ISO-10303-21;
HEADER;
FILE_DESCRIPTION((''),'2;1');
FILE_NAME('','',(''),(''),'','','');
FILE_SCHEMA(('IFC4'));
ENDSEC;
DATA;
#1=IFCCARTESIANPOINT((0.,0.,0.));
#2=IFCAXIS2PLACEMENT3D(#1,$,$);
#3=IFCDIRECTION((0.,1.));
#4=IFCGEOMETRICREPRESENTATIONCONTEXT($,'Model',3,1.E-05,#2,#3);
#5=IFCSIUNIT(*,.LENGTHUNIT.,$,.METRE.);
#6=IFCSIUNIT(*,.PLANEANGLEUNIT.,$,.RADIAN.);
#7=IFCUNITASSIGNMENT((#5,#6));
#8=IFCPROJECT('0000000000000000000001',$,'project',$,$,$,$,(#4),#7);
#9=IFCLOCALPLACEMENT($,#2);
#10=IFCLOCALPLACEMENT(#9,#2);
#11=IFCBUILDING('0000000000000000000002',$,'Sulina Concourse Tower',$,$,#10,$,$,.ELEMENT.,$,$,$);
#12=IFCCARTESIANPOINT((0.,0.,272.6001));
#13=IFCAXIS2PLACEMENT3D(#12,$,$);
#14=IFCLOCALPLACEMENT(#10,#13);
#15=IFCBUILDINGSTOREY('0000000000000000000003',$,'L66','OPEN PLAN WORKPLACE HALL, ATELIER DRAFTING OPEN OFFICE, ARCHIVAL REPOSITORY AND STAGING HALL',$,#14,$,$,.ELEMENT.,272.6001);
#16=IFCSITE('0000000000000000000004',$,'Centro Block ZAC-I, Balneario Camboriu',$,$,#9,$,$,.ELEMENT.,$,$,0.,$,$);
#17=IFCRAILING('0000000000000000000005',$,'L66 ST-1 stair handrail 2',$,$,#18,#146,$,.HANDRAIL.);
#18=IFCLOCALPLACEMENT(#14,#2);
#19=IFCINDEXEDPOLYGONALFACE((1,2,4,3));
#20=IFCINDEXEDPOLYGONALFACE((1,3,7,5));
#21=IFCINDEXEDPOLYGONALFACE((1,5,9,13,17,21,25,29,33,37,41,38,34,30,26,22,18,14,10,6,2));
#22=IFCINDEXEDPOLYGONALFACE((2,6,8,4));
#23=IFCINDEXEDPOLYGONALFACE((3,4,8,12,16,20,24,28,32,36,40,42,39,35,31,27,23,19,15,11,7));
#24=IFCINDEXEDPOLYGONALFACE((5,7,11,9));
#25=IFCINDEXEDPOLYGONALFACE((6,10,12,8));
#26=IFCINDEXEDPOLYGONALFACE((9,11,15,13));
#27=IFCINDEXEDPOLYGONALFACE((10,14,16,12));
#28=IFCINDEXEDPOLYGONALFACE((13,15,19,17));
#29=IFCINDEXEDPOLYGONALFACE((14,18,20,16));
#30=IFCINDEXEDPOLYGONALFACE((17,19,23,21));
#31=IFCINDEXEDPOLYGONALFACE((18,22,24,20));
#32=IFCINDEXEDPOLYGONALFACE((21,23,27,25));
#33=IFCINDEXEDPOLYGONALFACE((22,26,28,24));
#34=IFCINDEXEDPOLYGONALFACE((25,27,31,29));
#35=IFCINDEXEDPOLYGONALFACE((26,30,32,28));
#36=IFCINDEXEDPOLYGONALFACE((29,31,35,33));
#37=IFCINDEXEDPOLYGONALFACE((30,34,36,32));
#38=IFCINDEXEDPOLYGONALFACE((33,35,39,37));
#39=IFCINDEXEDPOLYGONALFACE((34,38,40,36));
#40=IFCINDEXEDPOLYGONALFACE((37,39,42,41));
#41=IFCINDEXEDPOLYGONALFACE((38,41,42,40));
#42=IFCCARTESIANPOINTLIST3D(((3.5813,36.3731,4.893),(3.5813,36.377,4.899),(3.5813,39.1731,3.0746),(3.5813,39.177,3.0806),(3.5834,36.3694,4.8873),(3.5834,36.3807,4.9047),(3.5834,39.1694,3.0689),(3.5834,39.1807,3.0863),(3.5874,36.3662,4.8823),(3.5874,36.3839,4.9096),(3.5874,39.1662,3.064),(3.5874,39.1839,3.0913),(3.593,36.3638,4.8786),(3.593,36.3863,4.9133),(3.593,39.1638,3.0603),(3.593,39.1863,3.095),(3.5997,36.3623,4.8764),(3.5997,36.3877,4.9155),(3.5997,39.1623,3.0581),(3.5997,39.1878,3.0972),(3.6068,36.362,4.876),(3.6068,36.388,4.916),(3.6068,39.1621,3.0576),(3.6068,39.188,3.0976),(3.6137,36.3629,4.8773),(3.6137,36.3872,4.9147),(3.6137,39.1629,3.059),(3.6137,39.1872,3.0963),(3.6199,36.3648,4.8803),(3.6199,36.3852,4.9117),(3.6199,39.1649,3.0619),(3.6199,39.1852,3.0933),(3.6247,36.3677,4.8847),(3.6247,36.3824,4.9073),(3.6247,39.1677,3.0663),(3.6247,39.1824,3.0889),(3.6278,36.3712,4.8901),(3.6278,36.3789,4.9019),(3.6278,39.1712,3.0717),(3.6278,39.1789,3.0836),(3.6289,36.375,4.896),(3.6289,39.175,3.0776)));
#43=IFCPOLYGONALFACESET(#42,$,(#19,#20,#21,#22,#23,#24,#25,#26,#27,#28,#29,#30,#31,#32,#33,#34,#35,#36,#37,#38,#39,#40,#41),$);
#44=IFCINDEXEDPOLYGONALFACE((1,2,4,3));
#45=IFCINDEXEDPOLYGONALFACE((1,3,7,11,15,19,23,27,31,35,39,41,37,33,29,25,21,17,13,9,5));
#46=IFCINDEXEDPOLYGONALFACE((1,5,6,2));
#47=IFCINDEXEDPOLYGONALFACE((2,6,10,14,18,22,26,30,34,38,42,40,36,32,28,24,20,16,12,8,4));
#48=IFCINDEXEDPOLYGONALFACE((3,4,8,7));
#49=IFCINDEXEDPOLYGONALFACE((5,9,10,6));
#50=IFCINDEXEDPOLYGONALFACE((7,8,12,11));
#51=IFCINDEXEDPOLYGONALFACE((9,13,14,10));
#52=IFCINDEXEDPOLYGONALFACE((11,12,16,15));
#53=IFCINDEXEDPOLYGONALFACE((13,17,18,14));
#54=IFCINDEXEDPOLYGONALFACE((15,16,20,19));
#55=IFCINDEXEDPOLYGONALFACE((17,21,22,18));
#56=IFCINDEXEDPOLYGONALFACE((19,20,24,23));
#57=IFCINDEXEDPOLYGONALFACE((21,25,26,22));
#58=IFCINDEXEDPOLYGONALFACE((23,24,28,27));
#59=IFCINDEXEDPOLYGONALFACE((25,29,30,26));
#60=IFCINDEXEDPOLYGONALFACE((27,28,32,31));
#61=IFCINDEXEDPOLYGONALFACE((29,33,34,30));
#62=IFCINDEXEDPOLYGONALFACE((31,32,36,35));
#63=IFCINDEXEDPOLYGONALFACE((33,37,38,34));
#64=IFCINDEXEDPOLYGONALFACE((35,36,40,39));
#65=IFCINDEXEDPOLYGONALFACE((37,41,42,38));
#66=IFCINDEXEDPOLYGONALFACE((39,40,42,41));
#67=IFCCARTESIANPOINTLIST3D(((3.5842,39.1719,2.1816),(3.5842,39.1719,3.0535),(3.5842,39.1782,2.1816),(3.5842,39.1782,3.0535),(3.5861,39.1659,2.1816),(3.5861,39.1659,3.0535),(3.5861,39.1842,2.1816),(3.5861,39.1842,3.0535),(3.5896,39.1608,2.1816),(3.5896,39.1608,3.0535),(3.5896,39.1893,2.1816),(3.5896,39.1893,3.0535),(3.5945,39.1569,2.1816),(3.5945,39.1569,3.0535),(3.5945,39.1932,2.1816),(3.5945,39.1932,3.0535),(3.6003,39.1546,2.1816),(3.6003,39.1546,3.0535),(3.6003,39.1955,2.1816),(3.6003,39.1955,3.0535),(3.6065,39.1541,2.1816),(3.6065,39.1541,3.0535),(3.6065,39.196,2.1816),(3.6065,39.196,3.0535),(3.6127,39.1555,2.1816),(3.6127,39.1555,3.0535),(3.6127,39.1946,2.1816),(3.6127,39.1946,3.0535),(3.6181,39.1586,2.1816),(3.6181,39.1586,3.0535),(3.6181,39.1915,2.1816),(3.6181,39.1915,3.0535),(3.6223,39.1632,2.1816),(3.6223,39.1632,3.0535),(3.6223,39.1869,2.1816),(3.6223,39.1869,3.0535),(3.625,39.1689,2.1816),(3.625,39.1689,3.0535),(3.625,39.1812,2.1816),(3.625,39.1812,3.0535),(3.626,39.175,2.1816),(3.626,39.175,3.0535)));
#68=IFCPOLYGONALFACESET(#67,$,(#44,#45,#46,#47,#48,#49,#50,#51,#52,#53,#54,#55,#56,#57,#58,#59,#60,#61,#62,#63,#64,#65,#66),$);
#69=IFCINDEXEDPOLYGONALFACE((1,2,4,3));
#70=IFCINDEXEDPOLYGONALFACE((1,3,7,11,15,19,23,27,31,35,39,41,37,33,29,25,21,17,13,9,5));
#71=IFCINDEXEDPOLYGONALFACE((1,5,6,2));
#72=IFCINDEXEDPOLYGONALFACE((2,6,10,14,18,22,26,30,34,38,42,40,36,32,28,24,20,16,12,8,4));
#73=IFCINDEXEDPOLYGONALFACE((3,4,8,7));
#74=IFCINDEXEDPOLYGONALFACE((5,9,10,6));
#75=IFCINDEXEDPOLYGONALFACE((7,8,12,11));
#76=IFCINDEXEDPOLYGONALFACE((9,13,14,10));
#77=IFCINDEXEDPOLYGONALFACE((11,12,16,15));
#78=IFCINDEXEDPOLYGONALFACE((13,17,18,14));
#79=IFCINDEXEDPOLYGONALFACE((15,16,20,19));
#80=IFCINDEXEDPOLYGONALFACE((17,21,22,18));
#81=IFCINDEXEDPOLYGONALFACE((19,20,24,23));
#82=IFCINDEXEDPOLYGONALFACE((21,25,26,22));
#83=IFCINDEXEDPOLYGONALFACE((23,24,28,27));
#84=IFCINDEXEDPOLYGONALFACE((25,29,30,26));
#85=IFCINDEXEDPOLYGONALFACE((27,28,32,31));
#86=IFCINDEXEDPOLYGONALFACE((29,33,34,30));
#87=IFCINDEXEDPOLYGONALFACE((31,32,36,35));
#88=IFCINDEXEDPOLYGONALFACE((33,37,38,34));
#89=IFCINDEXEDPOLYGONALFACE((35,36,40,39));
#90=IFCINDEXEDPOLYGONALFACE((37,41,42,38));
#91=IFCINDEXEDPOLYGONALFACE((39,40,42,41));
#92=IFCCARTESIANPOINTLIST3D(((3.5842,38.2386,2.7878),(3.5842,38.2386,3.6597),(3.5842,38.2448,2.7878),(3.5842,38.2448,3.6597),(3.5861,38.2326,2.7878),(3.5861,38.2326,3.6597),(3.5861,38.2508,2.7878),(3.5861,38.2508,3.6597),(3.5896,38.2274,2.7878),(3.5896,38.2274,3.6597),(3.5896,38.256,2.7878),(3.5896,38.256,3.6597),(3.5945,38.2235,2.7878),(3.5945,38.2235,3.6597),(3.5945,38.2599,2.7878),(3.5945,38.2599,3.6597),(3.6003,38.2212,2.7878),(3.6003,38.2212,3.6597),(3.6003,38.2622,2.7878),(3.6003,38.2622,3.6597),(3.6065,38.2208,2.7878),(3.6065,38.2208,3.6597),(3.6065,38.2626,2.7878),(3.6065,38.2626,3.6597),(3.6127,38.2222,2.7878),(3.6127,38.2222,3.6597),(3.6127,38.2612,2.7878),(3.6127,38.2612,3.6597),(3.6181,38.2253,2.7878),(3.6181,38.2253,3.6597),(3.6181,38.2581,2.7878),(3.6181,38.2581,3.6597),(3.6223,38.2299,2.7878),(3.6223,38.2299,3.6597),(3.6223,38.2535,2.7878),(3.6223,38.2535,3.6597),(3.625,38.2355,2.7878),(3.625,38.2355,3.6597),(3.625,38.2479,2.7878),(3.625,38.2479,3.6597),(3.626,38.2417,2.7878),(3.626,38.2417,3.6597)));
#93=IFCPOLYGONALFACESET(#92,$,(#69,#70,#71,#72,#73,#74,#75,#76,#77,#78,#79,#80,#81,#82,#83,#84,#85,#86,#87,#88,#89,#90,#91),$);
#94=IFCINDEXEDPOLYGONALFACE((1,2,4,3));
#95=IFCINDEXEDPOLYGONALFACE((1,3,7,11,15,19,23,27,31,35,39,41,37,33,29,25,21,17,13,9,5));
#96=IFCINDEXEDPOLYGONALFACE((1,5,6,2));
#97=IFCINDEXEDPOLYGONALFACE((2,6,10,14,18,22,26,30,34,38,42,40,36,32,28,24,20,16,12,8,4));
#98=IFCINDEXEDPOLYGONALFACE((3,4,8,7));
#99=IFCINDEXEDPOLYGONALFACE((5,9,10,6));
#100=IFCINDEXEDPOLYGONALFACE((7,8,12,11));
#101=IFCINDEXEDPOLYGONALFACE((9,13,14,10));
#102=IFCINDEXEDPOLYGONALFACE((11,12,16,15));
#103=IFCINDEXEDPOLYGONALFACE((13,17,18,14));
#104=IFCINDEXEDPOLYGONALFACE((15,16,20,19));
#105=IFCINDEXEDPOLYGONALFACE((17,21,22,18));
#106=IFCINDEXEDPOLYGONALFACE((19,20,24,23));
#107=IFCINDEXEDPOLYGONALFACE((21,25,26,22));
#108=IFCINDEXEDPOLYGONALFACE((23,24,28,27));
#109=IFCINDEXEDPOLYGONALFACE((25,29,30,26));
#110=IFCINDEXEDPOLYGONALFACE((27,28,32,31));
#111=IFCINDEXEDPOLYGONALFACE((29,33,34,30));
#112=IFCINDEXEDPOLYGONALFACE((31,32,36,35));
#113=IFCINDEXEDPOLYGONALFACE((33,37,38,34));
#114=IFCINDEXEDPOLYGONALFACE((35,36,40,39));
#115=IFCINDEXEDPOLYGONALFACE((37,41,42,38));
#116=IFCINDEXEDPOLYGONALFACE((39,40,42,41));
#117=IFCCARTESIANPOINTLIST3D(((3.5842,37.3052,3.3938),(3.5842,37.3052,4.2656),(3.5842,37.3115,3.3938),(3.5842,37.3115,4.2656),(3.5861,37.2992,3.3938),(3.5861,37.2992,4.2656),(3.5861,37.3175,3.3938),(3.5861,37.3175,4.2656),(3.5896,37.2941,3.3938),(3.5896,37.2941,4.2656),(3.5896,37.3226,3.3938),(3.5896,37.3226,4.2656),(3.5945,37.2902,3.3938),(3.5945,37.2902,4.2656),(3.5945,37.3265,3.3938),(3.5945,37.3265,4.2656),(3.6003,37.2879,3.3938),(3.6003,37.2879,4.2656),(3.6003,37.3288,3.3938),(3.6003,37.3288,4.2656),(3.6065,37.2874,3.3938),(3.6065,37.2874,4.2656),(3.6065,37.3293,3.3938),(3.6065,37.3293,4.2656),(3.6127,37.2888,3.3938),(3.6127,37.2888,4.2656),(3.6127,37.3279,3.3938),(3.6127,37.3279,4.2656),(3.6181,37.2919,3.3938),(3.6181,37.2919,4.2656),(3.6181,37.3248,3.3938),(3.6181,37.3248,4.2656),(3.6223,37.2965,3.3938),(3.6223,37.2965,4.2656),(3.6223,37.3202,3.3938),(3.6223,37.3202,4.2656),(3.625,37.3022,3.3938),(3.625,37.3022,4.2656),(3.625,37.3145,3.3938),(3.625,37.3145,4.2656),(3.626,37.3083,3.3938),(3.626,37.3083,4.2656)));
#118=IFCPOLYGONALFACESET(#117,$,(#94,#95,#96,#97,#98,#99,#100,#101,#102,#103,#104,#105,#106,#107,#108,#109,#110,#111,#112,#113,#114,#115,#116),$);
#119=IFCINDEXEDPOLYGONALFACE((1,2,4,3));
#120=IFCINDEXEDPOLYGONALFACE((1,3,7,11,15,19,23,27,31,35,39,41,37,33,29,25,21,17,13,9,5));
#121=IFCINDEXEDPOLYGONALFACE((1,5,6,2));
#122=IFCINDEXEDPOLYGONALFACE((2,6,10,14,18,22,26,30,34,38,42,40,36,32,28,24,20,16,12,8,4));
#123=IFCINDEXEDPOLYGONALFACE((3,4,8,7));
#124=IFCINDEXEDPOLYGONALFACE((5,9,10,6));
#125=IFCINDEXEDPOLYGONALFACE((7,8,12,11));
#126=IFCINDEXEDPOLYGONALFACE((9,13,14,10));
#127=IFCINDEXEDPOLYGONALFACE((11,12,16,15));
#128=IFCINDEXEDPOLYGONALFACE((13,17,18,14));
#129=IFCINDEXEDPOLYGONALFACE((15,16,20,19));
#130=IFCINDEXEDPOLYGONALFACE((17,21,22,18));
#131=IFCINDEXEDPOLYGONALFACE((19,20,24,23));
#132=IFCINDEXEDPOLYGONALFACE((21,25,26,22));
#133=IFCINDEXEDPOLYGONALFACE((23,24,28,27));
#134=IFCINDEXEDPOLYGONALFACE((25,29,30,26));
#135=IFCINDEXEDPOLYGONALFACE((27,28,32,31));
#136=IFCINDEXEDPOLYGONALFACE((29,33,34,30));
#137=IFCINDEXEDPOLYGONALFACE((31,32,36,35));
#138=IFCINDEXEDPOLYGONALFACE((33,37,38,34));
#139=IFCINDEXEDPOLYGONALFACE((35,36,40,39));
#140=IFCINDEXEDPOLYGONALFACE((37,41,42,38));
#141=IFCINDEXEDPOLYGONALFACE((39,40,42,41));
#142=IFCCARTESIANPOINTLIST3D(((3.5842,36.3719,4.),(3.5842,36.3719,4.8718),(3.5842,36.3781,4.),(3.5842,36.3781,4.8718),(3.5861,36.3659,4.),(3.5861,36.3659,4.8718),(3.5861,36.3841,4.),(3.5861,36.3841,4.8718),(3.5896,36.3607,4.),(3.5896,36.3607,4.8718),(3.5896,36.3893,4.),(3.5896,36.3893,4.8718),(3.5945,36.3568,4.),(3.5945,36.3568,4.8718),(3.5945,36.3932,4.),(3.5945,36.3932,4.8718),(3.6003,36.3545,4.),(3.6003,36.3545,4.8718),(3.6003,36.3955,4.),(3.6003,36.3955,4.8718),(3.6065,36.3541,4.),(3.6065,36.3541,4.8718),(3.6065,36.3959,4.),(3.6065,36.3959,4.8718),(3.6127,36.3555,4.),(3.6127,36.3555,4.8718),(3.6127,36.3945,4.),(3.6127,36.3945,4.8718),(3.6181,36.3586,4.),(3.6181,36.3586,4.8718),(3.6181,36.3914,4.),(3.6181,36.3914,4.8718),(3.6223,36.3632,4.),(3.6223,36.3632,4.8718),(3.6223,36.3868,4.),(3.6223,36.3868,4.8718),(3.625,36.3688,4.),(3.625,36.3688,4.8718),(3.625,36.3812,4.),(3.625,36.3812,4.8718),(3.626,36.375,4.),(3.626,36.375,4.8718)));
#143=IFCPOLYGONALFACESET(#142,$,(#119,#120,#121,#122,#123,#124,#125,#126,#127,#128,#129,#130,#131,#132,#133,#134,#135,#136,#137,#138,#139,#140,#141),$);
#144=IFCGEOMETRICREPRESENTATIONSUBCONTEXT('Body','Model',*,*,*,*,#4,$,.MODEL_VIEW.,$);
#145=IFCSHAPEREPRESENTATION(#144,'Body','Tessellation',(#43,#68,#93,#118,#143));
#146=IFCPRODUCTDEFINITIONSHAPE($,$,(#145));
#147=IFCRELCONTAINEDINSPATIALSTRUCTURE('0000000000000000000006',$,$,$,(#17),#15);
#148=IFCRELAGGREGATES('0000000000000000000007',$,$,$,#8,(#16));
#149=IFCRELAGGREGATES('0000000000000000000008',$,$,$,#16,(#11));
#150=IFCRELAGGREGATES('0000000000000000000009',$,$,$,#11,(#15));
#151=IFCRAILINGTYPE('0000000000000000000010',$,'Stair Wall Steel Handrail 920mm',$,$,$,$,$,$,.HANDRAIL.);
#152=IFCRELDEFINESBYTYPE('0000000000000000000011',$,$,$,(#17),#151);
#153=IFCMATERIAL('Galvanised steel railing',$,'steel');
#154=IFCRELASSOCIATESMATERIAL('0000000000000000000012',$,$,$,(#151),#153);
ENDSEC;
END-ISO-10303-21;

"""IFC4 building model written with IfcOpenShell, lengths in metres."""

from ifc_helpers import new_model, si_unit, direction, frame, origin, origin_2d, place, context, subcontext, project, spatial, circle, extrude, material, type_object, element, save


model = new_model("IFC4")

# Units and contexts
model_context = context("Model", 3, precision=1e-05, world=origin(), true_north=direction((0.0, 1.0)))
body_context = subcontext(model_context, "Body", "Model", "MODEL_VIEW")
ifc_project = project(units=[si_unit("LENGTHUNIT", "METRE"), si_unit("PLANEANGLEUNIT", "RADIAN")], contexts=[model_context])

# Site, building, storey
site_placement = place(None, origin())
site = spatial("IfcSite", under=ifc_project, at=site_placement, Name="Centro Block ZAC-I, Balneario Camboriu", CompositionType="ELEMENT", RefElevation=0.0)
building_placement = place(site_placement, origin())
building = spatial("IfcBuilding", under=site, at=building_placement, Name="Sulina Concourse Tower", CompositionType="ELEMENT")
storey_placement = place(building_placement, frame((0.0, 0.0, 272.6001)))
storey = spatial("IfcBuildingStorey", under=building, at=storey_placement, Name="L66", Description="OPEN PLAN WORKPLACE HALL, ATELIER DRAFTING OPEN OFFICE, ARCHIVAL REPOSITORY AND STAGING HALL", CompositionType="ELEMENT", Elevation=272.6001)

# Railing
ifc_material_1 = material(Name="Galvanised steel railing", Category="steel")
railing_type_1 = type_object("IfcRailingType", Name="Stair Wall Steel Handrail 920mm", PredefinedType="HANDRAIL", material=ifc_material_1)
railing_1_placement = place(storey_placement, frame((3.605, 39.175, 2.1816)))
element("IfcRailing", 1, at=railing_1_placement, inside=storey, type_object=railing_type_1, Name="L66 ST-1 stair handrail 2", PredefinedType="HANDRAIL", context=body_context, shape_type="SweptSolid", body=[
    extrude(circle(Radius=0.0239, at=origin_2d()), frame((0.0, 0.0, 0.896), z_axis=(0.0, -0.838672, 0.544636), x_axis=(1.0, 0.0, 0.0)), (0.0, 0.0, 1.0), 3.3386),
    extrude(circle(Radius=0.021, at=origin_2d()), origin(), (0.0, 0.0, 1.0), 0.8718),
    extrude(circle(Radius=0.021, at=origin_2d()), frame((0.0, -0.9333, 0.6062)), (0.0, 0.0, 1.0), 0.8718),
    extrude(circle(Radius=0.021, at=origin_2d()), frame((0.0, -1.8667, 1.2122)), (0.0, 0.0, 1.0), 0.8718),
    extrude(circle(Radius=0.021, at=origin_2d()), frame((0.0, -2.8, 1.8184)), (0.0, 0.0, 1.0), 0.8718),
])

save(model, "model.ifc")
